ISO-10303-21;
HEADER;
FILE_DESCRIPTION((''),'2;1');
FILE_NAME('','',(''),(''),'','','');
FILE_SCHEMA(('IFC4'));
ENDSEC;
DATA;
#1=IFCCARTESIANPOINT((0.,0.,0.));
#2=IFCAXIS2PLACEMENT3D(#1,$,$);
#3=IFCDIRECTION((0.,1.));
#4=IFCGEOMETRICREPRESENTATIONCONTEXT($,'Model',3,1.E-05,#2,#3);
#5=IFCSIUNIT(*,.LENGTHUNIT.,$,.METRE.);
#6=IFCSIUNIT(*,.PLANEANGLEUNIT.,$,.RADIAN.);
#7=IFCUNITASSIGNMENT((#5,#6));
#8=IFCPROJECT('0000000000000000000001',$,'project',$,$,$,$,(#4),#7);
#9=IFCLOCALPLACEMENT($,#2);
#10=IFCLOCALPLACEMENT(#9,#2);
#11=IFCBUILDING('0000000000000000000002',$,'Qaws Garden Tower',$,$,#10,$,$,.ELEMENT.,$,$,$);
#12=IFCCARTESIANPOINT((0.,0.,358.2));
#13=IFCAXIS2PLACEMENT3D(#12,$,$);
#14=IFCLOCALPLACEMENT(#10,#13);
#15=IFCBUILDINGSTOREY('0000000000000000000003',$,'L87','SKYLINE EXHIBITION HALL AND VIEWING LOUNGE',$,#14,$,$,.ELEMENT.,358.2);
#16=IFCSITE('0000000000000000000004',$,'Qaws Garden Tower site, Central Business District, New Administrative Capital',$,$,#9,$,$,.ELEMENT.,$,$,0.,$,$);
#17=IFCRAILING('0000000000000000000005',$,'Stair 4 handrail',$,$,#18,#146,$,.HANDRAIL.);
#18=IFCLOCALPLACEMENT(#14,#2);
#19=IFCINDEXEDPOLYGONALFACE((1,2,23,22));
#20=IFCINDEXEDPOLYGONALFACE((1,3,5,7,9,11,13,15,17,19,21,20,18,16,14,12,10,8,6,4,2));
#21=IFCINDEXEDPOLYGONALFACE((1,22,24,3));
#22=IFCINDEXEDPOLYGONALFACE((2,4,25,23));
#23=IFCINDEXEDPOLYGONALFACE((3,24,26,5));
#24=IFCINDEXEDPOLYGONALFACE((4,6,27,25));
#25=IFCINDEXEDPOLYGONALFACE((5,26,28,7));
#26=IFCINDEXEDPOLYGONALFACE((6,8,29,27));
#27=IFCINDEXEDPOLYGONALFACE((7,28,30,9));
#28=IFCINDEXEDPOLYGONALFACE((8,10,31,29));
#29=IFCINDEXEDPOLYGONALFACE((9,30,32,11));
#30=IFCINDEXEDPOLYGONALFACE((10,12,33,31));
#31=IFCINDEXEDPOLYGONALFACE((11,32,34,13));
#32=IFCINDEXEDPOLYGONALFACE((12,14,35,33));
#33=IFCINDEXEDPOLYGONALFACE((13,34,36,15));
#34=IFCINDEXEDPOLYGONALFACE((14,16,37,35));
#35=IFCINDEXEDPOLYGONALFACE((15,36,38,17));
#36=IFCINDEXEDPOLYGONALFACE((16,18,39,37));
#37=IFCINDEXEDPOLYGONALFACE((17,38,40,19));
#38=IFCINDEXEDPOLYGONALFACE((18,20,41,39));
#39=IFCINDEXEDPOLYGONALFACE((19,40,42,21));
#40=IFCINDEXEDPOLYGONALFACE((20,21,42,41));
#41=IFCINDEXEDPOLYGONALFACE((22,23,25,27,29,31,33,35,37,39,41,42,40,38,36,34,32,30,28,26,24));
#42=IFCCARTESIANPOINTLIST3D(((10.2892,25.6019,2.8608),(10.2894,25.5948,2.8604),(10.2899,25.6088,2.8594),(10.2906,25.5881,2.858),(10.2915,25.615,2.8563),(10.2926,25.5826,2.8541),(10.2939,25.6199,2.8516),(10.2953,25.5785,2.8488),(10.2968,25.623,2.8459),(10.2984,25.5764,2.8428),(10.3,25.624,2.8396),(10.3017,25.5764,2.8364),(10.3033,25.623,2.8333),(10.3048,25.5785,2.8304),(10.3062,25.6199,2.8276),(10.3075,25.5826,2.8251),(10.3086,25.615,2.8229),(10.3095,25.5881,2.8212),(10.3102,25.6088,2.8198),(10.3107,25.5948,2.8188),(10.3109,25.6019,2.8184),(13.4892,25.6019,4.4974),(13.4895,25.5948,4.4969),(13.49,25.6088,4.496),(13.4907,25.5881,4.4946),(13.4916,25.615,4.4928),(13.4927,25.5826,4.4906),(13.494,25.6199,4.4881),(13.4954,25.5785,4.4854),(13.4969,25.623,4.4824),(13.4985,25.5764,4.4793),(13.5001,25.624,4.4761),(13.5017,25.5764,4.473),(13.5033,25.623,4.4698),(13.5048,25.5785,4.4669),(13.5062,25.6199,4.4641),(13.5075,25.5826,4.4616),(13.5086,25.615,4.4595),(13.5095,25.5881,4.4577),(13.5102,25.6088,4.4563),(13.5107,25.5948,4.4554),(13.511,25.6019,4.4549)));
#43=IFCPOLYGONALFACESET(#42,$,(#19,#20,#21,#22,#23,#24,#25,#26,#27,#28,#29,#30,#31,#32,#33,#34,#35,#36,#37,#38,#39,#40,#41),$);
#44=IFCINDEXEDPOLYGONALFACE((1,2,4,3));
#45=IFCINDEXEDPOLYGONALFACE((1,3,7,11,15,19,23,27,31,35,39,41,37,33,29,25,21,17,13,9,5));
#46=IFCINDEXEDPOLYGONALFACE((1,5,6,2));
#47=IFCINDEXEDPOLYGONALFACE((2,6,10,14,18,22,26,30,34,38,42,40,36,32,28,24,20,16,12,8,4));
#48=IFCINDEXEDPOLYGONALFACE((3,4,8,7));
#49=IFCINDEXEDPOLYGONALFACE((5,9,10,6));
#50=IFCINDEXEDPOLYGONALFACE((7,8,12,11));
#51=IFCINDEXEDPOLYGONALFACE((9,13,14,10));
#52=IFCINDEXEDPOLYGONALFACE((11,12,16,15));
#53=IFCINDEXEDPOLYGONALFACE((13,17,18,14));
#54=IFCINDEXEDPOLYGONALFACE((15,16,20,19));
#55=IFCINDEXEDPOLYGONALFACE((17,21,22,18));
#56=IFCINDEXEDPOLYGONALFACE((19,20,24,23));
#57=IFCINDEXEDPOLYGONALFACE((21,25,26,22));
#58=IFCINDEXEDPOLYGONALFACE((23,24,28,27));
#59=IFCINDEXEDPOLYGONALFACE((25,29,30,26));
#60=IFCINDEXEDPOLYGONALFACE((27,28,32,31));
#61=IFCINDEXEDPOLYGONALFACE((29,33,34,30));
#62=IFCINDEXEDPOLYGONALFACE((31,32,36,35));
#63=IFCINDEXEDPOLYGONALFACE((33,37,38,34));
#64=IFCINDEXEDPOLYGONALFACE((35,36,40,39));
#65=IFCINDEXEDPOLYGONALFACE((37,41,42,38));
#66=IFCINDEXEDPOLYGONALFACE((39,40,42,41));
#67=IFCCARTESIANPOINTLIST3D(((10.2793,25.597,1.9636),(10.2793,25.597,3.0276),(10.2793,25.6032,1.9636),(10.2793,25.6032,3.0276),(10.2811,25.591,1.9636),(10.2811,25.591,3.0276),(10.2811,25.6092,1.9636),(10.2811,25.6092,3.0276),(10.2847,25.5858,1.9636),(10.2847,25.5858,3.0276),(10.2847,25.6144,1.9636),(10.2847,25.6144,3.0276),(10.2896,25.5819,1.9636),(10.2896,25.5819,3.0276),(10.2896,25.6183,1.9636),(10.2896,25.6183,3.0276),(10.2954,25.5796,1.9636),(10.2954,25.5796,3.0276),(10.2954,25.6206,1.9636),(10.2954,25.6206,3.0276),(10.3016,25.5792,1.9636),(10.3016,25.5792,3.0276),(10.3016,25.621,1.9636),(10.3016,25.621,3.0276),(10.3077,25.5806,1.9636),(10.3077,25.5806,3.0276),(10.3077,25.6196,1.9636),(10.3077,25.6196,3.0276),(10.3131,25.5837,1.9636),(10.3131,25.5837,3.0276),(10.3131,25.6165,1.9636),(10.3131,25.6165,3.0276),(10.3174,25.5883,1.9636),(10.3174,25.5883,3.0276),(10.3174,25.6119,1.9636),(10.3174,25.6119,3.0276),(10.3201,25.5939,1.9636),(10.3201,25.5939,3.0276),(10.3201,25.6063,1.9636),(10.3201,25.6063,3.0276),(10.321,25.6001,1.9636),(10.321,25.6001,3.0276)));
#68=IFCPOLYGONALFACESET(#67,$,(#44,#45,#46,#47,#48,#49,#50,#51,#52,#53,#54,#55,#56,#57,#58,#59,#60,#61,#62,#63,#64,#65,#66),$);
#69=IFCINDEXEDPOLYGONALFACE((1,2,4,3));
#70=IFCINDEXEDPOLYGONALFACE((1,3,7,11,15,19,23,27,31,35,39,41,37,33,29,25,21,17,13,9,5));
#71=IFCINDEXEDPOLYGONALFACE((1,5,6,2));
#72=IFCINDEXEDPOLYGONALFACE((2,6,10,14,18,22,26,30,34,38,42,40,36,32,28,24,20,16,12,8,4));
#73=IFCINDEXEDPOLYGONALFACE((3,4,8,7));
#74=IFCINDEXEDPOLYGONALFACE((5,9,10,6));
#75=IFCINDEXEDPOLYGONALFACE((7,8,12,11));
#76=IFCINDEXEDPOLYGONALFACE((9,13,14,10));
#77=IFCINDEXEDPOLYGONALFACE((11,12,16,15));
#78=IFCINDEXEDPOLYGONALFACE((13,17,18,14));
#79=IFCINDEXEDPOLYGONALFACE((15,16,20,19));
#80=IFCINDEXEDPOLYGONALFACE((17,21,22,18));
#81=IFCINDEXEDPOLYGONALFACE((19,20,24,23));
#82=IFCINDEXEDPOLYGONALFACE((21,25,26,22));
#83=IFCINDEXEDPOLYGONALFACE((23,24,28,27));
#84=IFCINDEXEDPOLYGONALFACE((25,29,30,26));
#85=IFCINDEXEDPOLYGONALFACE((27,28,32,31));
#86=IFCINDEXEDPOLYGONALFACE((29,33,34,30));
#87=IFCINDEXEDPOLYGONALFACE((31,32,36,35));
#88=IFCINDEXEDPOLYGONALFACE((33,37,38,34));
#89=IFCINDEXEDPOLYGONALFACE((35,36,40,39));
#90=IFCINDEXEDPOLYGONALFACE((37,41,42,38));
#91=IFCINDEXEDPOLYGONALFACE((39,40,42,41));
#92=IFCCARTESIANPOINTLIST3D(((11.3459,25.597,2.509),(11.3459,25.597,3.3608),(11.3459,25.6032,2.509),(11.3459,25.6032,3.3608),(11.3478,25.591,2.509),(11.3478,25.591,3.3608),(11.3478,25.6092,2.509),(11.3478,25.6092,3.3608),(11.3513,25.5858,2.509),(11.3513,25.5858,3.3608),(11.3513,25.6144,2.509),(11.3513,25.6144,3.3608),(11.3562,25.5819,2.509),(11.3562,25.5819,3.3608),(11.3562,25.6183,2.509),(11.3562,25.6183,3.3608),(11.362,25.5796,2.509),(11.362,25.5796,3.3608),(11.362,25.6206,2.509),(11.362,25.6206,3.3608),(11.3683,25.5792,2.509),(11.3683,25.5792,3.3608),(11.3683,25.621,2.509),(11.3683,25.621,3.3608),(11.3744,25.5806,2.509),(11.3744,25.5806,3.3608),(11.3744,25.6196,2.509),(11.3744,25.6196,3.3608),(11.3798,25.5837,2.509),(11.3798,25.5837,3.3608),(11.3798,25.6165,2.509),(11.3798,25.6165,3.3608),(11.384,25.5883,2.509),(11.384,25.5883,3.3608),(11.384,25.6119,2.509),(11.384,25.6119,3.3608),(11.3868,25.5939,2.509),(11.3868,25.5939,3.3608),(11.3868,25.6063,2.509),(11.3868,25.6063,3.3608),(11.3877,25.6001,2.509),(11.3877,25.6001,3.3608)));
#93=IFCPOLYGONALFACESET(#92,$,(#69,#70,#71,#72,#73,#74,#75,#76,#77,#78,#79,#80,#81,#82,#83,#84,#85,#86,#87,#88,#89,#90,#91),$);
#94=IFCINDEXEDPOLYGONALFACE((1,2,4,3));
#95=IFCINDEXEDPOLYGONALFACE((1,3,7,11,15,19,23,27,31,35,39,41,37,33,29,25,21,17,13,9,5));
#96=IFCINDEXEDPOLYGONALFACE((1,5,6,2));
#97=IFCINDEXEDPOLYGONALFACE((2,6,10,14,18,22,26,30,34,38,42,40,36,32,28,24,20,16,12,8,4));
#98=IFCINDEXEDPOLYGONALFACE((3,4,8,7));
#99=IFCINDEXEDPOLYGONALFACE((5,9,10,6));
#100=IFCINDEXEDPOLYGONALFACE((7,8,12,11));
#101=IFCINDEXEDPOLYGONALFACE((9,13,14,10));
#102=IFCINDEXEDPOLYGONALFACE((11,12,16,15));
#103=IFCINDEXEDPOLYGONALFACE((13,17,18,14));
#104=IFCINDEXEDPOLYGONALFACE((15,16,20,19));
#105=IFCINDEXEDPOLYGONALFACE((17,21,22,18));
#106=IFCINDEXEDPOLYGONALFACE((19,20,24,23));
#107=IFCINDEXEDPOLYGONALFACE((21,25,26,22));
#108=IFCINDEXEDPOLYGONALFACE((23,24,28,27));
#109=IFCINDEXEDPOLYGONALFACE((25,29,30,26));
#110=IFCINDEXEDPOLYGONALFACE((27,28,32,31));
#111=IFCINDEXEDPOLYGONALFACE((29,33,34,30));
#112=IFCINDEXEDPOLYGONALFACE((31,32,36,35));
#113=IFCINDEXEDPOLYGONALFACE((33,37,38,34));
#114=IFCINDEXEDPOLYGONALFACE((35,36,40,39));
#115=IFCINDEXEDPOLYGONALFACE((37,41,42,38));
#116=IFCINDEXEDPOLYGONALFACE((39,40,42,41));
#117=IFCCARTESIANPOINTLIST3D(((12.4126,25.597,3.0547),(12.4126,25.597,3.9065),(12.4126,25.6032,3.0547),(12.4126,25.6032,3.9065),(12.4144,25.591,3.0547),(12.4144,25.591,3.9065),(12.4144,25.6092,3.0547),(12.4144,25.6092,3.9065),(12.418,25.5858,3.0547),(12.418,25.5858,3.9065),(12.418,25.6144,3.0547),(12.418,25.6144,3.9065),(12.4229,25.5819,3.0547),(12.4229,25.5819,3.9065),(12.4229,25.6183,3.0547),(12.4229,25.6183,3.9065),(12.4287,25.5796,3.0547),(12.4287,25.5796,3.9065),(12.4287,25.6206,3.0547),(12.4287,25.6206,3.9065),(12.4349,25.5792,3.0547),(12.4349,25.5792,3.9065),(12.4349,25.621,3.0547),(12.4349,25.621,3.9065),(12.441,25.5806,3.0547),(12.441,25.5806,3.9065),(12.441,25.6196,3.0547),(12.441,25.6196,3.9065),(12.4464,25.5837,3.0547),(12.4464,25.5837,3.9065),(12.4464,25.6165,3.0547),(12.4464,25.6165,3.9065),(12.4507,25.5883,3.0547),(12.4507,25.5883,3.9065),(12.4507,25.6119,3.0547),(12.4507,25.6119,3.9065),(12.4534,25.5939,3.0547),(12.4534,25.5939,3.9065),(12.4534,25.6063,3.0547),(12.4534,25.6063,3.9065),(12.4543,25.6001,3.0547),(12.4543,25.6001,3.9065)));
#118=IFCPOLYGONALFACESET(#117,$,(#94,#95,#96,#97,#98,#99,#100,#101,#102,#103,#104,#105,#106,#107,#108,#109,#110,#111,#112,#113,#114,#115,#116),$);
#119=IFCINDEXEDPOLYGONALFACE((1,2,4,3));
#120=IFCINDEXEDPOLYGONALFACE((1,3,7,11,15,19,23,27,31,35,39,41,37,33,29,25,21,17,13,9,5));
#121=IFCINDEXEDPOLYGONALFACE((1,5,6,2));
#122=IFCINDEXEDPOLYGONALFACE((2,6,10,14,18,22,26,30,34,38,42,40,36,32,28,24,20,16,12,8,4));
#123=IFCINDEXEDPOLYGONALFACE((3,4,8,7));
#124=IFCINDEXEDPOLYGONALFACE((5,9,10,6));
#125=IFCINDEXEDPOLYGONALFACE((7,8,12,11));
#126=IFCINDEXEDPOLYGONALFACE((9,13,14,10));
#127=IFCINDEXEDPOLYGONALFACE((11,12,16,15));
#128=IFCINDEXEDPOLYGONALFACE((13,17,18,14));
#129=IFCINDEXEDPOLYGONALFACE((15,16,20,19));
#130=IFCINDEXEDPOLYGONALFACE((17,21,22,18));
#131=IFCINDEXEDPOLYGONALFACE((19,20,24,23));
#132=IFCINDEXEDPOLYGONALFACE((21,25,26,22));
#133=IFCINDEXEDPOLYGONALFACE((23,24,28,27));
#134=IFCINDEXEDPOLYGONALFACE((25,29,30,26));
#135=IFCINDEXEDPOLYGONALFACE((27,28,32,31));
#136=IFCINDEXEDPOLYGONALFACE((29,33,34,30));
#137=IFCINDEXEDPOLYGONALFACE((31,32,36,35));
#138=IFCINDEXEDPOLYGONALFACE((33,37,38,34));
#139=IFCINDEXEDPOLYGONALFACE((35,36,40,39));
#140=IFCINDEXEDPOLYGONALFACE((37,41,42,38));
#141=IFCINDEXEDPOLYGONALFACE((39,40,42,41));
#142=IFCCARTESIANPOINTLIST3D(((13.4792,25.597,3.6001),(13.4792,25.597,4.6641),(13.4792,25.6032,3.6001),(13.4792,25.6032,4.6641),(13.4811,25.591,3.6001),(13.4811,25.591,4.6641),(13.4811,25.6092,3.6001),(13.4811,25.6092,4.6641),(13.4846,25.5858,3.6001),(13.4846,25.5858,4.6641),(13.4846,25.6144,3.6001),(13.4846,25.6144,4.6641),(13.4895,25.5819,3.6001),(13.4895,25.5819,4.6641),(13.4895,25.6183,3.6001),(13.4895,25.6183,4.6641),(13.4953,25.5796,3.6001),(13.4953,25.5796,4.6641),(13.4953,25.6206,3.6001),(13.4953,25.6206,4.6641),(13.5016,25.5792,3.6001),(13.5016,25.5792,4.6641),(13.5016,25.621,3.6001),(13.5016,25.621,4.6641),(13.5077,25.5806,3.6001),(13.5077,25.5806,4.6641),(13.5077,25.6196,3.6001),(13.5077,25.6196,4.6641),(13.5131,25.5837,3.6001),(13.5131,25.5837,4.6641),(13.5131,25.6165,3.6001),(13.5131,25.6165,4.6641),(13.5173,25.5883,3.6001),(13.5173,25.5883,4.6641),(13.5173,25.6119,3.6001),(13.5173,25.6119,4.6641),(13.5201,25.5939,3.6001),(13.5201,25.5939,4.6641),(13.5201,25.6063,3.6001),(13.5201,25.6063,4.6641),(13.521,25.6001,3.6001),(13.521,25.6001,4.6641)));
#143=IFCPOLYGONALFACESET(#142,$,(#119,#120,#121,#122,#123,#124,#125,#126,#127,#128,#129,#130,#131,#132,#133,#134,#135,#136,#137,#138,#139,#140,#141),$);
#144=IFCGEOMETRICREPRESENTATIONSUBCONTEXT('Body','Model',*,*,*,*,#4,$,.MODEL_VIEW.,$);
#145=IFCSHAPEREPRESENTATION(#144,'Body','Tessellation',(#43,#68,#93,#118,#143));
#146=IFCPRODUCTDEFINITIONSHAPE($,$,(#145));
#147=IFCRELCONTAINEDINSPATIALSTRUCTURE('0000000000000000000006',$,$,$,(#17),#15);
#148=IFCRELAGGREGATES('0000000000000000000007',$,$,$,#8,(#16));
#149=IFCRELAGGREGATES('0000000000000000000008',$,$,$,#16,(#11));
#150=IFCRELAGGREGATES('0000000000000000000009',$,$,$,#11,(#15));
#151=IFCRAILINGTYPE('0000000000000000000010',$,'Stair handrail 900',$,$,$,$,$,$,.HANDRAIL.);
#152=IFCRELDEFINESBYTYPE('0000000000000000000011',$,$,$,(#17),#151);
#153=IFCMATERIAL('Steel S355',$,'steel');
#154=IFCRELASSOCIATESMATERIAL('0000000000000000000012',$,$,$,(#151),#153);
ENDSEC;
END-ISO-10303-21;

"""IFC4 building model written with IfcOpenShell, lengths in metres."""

from ifc_helpers import new_model, si_unit, direction, frame, origin, origin_2d, place, context, subcontext, project, spatial, circle, extrude, material, type_object, element, save


model = new_model("IFC4")

# Units and contexts
model_context = context("Model", 3, precision=1e-05, world=origin(), true_north=direction((0.0, 1.0)))
body_context = subcontext(model_context, "Body", "Model", "MODEL_VIEW")
ifc_project = project(units=[si_unit("LENGTHUNIT", "METRE"), si_unit("PLANEANGLEUNIT", "RADIAN")], contexts=[model_context])

# Site, building, storey
site_placement = place(None, origin())
site = spatial("IfcSite", under=ifc_project, at=site_placement, Name="Qaws Garden Tower site, Central Business District, New Administrative Capital", CompositionType="ELEMENT", RefElevation=0.0)
building_placement = place(site_placement, origin())
building = spatial("IfcBuilding", under=site, at=building_placement, Name="Qaws Garden Tower", CompositionType="ELEMENT")
storey_placement = place(building_placement, frame((0.0, 0.0, 358.2)))
storey = spatial("IfcBuildingStorey", under=building, at=storey_placement, Name="L87", Description="SKYLINE EXHIBITION HALL AND VIEWING LOUNGE", CompositionType="ELEMENT", Elevation=358.2)

# Railing
ifc_material_1 = material(Name="Steel S355", Category="steel")
railing_type = type_object("IfcRailingType", Name="Stair handrail 900", PredefinedType="HANDRAIL", material=ifc_material_1)
railing_1_placement = place(storey_placement, frame((10.3, 25.6001, 1.9636)))
element("IfcRailing", 1, at=railing_1_placement, inside=storey, type_object=railing_type, Name="Stair 4 handrail", PredefinedType="HANDRAIL", context=body_context, shape_type="SweptSolid", body=[
    extrude(circle(Radius=0.0239, at=origin_2d()), frame((0.0, 0.0, 0.876), z_axis=(0.890328, 0.0, 0.455319), x_axis=(0.0, 1.0, 0.0)), (0.0, 0.0, 1.0), 3.5942),
    extrude(circle(Radius=0.021, at=origin_2d()), origin(), (0.0, 0.0, 1.0), 1.064),
    extrude(circle(Radius=0.021, at=origin_2d()), frame((1.0667, 0.0, 0.5454)), (0.0, 0.0, 1.0), 0.8518),
    extrude(circle(Radius=0.021, at=origin_2d()), frame((2.1333, 0.0, 1.0911)), (0.0, 0.0, 1.0), 0.8518),
    extrude(circle(Radius=0.021, at=origin_2d()), frame((3.2, 0.0, 1.6365)), (0.0, 0.0, 1.0), 1.064),
])

save(model, "model.ifc")
